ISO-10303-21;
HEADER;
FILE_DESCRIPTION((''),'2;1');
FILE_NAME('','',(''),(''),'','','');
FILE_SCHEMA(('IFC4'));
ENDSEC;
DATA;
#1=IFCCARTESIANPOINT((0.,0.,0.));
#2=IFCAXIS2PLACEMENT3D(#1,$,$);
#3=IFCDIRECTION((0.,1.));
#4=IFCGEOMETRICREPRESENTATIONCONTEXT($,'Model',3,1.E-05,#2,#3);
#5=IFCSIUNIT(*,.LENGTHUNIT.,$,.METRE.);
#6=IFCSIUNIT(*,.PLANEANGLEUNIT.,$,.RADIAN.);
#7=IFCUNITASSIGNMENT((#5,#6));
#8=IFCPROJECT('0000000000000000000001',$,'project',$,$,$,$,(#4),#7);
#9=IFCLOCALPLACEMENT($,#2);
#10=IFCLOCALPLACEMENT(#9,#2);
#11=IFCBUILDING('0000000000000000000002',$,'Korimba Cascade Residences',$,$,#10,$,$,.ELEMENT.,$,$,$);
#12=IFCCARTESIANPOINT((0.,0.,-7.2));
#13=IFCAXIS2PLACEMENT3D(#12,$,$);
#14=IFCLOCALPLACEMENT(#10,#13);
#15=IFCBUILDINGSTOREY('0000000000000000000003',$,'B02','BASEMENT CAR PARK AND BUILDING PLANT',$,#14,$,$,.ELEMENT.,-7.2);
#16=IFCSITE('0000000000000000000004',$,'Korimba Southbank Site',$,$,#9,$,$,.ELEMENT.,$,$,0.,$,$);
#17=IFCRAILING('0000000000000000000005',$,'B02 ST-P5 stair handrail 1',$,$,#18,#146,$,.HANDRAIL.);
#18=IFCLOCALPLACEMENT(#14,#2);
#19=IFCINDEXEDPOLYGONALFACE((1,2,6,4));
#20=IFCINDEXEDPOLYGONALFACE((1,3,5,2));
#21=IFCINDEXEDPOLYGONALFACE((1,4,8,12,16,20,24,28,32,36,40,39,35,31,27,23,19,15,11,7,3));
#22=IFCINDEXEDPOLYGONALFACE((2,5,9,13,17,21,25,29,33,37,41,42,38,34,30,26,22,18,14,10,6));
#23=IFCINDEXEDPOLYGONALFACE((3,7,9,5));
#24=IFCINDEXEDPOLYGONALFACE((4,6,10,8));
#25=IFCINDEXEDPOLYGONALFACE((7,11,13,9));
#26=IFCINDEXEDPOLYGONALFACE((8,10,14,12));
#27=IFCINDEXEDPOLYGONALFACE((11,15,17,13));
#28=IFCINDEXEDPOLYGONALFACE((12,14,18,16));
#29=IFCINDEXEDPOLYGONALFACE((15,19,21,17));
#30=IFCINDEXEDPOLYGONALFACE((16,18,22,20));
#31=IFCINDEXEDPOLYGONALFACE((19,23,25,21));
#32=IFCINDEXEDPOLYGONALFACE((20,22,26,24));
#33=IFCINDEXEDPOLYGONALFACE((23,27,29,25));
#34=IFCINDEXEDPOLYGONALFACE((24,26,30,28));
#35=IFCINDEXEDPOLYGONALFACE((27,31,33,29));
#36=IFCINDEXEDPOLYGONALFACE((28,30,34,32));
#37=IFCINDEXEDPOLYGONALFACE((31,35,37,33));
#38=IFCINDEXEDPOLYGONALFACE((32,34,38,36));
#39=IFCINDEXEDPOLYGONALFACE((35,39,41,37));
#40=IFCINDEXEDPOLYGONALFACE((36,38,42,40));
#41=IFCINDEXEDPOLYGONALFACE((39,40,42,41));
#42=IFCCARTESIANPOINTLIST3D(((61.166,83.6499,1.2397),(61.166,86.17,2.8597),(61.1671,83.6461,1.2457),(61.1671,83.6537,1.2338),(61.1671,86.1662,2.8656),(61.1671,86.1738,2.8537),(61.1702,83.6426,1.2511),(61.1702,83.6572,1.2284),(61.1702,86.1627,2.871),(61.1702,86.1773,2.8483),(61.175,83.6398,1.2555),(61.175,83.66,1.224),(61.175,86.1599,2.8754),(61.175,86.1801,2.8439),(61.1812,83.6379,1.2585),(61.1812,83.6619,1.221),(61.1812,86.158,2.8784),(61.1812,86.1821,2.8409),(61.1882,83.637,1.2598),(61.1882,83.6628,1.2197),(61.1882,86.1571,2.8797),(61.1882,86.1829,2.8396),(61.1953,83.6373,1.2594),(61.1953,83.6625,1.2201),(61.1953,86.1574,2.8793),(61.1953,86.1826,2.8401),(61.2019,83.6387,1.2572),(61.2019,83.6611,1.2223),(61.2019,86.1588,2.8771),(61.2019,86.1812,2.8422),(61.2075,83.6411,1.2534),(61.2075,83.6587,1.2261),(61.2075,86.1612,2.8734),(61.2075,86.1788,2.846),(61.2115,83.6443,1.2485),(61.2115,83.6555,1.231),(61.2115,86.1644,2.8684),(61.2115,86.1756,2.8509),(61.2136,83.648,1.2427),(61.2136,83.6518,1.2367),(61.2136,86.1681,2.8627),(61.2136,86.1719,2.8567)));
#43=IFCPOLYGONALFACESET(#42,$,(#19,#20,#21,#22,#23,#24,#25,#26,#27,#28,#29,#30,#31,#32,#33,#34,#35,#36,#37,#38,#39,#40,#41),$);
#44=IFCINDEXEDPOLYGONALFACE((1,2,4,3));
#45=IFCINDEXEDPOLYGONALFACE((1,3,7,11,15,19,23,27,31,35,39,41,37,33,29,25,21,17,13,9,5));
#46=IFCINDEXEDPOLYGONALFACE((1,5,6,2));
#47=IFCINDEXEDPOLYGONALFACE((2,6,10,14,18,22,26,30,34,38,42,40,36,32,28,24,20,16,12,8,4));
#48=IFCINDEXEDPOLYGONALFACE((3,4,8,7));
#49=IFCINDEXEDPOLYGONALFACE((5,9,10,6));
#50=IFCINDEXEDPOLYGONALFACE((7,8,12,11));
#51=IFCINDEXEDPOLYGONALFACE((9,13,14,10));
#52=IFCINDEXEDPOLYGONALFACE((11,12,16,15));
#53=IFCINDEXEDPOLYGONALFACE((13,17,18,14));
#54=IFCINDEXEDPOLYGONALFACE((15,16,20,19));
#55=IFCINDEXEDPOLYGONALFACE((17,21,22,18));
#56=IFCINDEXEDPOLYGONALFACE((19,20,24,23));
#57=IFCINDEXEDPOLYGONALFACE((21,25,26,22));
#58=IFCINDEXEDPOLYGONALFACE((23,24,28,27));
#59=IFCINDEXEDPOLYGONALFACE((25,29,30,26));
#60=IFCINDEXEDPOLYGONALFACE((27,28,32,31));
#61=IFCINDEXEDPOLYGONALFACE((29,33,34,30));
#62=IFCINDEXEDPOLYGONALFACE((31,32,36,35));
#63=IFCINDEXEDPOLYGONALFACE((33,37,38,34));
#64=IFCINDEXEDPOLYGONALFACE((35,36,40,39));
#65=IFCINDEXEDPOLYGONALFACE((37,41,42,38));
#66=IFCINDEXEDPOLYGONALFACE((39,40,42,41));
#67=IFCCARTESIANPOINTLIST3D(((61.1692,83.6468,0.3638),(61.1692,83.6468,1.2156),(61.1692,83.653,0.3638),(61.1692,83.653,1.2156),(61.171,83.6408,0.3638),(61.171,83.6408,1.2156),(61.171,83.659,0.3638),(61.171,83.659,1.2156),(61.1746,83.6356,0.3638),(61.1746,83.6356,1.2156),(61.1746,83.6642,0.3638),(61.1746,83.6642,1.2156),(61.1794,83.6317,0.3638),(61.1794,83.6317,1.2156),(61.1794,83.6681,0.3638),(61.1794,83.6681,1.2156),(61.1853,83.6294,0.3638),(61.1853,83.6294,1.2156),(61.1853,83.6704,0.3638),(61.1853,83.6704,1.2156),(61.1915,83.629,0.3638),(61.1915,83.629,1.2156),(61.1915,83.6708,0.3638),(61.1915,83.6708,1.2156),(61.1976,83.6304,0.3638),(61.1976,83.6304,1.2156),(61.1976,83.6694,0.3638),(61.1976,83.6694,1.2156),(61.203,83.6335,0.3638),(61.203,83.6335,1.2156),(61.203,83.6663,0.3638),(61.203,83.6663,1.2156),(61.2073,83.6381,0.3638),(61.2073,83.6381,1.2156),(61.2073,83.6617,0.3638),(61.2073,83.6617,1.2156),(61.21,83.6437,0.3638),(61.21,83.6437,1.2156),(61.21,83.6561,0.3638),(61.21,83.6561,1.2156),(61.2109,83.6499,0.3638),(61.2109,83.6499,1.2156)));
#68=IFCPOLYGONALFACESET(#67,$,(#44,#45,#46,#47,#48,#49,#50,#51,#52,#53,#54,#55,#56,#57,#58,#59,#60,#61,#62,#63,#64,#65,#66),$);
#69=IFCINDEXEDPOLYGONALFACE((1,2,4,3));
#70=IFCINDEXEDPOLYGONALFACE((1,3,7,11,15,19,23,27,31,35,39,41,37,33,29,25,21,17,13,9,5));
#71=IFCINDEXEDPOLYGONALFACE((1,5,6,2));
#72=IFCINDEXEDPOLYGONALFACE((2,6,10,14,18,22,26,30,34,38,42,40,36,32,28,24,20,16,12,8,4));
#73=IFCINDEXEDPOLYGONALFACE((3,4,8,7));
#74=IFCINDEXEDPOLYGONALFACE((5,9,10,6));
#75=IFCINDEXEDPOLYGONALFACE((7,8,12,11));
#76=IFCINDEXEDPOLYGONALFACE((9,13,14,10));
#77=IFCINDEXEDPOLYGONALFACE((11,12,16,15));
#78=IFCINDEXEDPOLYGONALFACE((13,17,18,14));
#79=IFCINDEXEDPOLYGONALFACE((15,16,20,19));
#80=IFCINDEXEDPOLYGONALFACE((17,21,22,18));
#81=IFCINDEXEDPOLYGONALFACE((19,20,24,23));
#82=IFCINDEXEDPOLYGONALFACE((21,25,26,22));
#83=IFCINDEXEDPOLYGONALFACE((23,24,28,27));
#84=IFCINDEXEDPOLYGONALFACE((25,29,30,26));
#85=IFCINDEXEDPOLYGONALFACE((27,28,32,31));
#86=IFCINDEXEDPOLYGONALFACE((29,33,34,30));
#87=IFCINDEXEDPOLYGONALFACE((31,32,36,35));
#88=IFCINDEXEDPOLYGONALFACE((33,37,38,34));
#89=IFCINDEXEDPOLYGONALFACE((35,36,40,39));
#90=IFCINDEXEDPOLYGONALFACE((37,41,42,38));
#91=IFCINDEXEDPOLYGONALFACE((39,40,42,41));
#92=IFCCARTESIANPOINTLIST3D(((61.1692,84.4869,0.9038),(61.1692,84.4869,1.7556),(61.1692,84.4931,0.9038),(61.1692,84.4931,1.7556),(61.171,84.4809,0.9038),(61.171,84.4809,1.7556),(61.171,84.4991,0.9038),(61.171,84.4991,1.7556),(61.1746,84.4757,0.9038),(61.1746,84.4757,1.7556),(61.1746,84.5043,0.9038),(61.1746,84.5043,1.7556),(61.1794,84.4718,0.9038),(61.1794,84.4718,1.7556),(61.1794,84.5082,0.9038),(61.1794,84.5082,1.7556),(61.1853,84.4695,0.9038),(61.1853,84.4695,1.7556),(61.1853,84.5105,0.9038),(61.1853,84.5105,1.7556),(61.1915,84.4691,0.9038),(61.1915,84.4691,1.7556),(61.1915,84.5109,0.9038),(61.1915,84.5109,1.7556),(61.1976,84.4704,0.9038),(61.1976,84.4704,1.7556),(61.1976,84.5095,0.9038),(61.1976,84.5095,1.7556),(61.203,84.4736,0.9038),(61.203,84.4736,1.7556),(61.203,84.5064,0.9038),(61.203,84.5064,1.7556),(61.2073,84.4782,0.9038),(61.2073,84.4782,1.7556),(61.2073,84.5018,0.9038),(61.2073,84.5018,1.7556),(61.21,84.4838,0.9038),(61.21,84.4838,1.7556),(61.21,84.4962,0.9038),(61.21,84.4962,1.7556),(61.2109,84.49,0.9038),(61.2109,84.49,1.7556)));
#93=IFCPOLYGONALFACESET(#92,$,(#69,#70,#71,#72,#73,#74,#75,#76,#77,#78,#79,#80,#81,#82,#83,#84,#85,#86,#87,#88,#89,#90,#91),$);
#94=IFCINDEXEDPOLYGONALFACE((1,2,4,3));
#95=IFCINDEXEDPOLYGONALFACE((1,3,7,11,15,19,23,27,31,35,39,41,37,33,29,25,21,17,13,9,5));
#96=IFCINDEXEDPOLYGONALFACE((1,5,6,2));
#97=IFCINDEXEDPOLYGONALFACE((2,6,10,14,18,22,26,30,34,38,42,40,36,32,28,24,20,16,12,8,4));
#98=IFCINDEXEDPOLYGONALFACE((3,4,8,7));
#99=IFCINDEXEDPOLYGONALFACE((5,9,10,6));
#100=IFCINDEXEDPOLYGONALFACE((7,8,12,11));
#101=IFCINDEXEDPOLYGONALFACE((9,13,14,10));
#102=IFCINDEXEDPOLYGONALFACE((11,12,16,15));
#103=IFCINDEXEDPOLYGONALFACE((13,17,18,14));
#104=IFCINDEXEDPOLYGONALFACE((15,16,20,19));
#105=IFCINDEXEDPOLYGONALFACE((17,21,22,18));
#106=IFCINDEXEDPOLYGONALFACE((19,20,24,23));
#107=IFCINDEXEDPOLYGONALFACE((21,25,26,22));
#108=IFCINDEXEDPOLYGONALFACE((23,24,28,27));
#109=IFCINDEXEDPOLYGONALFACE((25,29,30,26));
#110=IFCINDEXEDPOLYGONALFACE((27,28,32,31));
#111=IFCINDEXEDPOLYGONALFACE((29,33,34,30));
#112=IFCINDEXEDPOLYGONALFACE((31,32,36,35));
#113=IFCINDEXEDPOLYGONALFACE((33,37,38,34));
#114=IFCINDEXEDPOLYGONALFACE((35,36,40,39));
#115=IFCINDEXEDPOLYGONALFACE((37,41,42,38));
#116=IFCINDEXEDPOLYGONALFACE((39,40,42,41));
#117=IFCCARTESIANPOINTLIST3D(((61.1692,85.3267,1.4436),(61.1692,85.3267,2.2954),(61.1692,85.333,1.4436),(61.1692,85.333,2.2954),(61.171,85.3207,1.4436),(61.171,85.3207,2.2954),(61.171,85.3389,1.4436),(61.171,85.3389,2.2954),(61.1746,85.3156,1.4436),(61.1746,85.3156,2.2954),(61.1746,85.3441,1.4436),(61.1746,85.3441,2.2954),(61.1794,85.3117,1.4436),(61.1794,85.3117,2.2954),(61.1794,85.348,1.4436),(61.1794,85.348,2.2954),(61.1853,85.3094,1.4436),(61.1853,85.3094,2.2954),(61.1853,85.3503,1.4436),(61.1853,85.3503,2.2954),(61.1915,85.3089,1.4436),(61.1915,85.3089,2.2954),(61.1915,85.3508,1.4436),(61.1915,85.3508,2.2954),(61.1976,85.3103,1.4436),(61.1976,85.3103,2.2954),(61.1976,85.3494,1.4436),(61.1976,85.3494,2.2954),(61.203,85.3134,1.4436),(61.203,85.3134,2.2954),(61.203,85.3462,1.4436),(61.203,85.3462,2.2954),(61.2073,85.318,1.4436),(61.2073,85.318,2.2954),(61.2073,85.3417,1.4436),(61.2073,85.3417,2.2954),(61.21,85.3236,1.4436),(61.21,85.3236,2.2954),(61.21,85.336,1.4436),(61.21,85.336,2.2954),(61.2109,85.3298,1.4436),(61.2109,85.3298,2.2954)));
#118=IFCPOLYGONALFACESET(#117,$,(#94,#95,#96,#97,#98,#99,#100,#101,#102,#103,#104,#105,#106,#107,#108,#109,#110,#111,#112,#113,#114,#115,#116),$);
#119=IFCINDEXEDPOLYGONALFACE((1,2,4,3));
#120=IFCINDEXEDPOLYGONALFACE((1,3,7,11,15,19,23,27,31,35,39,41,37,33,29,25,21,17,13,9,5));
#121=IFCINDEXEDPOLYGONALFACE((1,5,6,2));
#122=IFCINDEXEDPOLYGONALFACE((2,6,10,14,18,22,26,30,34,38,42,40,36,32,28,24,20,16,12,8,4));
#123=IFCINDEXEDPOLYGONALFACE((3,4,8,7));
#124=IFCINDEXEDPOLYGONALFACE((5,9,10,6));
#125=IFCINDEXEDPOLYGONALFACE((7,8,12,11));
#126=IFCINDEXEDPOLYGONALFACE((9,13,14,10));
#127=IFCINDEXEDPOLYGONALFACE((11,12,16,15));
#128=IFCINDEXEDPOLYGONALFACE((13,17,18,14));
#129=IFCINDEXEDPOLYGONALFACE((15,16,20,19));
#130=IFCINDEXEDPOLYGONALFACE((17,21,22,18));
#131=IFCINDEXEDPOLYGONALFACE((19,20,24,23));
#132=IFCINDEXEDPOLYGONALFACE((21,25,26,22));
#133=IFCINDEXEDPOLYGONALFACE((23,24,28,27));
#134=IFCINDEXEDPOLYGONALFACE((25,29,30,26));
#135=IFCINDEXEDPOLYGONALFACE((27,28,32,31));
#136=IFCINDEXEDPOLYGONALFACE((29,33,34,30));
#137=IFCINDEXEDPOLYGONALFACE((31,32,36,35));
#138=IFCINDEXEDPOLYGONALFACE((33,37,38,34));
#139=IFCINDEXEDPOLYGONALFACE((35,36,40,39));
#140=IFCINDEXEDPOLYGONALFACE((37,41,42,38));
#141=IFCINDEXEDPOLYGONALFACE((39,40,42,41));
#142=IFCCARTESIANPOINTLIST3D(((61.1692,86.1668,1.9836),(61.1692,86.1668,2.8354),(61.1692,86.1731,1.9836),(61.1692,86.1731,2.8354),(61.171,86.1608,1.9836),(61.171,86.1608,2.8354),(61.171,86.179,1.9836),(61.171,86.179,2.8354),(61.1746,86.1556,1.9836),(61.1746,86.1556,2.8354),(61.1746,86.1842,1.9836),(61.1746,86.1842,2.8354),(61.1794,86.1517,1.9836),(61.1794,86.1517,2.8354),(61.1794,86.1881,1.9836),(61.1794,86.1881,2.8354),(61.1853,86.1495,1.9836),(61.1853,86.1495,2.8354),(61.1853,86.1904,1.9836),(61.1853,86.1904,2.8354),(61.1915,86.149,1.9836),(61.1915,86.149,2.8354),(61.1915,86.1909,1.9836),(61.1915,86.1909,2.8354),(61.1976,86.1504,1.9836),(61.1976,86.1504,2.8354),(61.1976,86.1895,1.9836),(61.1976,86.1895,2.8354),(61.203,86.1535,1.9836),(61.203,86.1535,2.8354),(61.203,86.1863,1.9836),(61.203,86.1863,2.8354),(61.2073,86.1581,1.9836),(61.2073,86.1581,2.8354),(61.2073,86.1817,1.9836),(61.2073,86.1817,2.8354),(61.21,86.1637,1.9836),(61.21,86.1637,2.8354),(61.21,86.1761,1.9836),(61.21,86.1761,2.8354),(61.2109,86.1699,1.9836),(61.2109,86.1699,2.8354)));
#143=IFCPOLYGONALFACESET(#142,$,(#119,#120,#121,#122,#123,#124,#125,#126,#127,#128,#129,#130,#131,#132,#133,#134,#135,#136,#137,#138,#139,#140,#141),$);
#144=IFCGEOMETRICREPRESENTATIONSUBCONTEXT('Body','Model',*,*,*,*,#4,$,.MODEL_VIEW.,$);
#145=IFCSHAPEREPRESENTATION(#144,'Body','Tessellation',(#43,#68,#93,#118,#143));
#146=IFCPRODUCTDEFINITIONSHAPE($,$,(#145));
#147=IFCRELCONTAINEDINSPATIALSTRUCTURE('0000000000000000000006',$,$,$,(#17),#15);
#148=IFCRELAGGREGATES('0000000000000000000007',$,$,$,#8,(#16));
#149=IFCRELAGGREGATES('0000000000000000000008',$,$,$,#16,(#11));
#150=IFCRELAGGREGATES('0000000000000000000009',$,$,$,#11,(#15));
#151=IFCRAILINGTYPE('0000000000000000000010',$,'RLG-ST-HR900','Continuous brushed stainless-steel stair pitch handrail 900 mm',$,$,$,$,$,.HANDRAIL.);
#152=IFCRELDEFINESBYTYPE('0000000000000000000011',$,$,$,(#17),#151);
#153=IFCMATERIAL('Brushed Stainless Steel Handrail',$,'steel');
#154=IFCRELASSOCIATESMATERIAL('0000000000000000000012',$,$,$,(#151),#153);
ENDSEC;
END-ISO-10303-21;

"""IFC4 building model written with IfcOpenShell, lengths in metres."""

from ifc_helpers import new_model, si_unit, direction, frame, origin, origin_2d, place, context, subcontext, project, spatial, circle, extrude, material, type_object, element, save


model = new_model("IFC4")

# Units and contexts
model_context = context("Model", 3, precision=1e-05, world=origin(), true_north=direction((0.0, 1.0)))
body_context = subcontext(model_context, "Body", "Model", "MODEL_VIEW")
ifc_project = project(units=[si_unit("LENGTHUNIT", "METRE"), si_unit("PLANEANGLEUNIT", "RADIAN")], contexts=[model_context])

# Site, building, storey
site_placement = place(None, origin())
site = spatial("IfcSite", under=ifc_project, at=site_placement, Name="Korimba Southbank Site", CompositionType="ELEMENT", RefElevation=0.0)
building_placement = place(site_placement, origin())
building = spatial("IfcBuilding", under=site, at=building_placement, Name="Korimba Cascade Residences", CompositionType="ELEMENT")
storey_placement = place(building_placement, frame((0.0, 0.0, -7.2)))
storey = spatial("IfcBuildingStorey", under=building, at=storey_placement, Name="B02", Description="BASEMENT CAR PARK AND BUILDING PLANT", CompositionType="ELEMENT", Elevation=-7.2)

# Railing
ifc_material_1 = material(Name="Brushed Stainless Steel Handrail", Category="steel")
railing_type_1 = type_object("IfcRailingType", Name="RLG-ST-HR900", Description="Continuous brushed stainless-steel stair pitch handrail 900 mm", PredefinedType="HANDRAIL", material=ifc_material_1)
railing_1_placement = place(storey_placement, frame((61.1899, 83.6499, 0.3638)))
element("IfcRailing", 1, at=railing_1_placement, inside=storey, type_object=railing_type_1, Name="B02 ST-P5 stair handrail 1", PredefinedType="HANDRAIL", context=body_context, shape_type="SweptSolid", body=[
    extrude(circle(Radius=0.0239, at=origin_2d()), frame((0.0, 0.0, 0.876), z_axis=(0.0, 0.8412, 0.540725), x_axis=(-1.0, 0.0, 0.0)), (0.0, 0.0, 1.0), 2.9958),
    extrude(circle(Radius=0.021, at=origin_2d()), origin(), (0.0, 0.0, 1.0), 0.8518),
    extrude(circle(Radius=0.021, at=origin_2d()), frame((0.0, 0.8401, 0.54)), (0.0, 0.0, 1.0), 0.8518),
    extrude(circle(Radius=0.021, at=origin_2d()), frame((0.0, 1.6799, 1.0798)), (0.0, 0.0, 1.0), 0.8518),
    extrude(circle(Radius=0.021, at=origin_2d()), frame((0.0, 2.52, 1.6199)), (0.0, 0.0, 1.0), 0.8518),
])

save(model, "model.ifc")
